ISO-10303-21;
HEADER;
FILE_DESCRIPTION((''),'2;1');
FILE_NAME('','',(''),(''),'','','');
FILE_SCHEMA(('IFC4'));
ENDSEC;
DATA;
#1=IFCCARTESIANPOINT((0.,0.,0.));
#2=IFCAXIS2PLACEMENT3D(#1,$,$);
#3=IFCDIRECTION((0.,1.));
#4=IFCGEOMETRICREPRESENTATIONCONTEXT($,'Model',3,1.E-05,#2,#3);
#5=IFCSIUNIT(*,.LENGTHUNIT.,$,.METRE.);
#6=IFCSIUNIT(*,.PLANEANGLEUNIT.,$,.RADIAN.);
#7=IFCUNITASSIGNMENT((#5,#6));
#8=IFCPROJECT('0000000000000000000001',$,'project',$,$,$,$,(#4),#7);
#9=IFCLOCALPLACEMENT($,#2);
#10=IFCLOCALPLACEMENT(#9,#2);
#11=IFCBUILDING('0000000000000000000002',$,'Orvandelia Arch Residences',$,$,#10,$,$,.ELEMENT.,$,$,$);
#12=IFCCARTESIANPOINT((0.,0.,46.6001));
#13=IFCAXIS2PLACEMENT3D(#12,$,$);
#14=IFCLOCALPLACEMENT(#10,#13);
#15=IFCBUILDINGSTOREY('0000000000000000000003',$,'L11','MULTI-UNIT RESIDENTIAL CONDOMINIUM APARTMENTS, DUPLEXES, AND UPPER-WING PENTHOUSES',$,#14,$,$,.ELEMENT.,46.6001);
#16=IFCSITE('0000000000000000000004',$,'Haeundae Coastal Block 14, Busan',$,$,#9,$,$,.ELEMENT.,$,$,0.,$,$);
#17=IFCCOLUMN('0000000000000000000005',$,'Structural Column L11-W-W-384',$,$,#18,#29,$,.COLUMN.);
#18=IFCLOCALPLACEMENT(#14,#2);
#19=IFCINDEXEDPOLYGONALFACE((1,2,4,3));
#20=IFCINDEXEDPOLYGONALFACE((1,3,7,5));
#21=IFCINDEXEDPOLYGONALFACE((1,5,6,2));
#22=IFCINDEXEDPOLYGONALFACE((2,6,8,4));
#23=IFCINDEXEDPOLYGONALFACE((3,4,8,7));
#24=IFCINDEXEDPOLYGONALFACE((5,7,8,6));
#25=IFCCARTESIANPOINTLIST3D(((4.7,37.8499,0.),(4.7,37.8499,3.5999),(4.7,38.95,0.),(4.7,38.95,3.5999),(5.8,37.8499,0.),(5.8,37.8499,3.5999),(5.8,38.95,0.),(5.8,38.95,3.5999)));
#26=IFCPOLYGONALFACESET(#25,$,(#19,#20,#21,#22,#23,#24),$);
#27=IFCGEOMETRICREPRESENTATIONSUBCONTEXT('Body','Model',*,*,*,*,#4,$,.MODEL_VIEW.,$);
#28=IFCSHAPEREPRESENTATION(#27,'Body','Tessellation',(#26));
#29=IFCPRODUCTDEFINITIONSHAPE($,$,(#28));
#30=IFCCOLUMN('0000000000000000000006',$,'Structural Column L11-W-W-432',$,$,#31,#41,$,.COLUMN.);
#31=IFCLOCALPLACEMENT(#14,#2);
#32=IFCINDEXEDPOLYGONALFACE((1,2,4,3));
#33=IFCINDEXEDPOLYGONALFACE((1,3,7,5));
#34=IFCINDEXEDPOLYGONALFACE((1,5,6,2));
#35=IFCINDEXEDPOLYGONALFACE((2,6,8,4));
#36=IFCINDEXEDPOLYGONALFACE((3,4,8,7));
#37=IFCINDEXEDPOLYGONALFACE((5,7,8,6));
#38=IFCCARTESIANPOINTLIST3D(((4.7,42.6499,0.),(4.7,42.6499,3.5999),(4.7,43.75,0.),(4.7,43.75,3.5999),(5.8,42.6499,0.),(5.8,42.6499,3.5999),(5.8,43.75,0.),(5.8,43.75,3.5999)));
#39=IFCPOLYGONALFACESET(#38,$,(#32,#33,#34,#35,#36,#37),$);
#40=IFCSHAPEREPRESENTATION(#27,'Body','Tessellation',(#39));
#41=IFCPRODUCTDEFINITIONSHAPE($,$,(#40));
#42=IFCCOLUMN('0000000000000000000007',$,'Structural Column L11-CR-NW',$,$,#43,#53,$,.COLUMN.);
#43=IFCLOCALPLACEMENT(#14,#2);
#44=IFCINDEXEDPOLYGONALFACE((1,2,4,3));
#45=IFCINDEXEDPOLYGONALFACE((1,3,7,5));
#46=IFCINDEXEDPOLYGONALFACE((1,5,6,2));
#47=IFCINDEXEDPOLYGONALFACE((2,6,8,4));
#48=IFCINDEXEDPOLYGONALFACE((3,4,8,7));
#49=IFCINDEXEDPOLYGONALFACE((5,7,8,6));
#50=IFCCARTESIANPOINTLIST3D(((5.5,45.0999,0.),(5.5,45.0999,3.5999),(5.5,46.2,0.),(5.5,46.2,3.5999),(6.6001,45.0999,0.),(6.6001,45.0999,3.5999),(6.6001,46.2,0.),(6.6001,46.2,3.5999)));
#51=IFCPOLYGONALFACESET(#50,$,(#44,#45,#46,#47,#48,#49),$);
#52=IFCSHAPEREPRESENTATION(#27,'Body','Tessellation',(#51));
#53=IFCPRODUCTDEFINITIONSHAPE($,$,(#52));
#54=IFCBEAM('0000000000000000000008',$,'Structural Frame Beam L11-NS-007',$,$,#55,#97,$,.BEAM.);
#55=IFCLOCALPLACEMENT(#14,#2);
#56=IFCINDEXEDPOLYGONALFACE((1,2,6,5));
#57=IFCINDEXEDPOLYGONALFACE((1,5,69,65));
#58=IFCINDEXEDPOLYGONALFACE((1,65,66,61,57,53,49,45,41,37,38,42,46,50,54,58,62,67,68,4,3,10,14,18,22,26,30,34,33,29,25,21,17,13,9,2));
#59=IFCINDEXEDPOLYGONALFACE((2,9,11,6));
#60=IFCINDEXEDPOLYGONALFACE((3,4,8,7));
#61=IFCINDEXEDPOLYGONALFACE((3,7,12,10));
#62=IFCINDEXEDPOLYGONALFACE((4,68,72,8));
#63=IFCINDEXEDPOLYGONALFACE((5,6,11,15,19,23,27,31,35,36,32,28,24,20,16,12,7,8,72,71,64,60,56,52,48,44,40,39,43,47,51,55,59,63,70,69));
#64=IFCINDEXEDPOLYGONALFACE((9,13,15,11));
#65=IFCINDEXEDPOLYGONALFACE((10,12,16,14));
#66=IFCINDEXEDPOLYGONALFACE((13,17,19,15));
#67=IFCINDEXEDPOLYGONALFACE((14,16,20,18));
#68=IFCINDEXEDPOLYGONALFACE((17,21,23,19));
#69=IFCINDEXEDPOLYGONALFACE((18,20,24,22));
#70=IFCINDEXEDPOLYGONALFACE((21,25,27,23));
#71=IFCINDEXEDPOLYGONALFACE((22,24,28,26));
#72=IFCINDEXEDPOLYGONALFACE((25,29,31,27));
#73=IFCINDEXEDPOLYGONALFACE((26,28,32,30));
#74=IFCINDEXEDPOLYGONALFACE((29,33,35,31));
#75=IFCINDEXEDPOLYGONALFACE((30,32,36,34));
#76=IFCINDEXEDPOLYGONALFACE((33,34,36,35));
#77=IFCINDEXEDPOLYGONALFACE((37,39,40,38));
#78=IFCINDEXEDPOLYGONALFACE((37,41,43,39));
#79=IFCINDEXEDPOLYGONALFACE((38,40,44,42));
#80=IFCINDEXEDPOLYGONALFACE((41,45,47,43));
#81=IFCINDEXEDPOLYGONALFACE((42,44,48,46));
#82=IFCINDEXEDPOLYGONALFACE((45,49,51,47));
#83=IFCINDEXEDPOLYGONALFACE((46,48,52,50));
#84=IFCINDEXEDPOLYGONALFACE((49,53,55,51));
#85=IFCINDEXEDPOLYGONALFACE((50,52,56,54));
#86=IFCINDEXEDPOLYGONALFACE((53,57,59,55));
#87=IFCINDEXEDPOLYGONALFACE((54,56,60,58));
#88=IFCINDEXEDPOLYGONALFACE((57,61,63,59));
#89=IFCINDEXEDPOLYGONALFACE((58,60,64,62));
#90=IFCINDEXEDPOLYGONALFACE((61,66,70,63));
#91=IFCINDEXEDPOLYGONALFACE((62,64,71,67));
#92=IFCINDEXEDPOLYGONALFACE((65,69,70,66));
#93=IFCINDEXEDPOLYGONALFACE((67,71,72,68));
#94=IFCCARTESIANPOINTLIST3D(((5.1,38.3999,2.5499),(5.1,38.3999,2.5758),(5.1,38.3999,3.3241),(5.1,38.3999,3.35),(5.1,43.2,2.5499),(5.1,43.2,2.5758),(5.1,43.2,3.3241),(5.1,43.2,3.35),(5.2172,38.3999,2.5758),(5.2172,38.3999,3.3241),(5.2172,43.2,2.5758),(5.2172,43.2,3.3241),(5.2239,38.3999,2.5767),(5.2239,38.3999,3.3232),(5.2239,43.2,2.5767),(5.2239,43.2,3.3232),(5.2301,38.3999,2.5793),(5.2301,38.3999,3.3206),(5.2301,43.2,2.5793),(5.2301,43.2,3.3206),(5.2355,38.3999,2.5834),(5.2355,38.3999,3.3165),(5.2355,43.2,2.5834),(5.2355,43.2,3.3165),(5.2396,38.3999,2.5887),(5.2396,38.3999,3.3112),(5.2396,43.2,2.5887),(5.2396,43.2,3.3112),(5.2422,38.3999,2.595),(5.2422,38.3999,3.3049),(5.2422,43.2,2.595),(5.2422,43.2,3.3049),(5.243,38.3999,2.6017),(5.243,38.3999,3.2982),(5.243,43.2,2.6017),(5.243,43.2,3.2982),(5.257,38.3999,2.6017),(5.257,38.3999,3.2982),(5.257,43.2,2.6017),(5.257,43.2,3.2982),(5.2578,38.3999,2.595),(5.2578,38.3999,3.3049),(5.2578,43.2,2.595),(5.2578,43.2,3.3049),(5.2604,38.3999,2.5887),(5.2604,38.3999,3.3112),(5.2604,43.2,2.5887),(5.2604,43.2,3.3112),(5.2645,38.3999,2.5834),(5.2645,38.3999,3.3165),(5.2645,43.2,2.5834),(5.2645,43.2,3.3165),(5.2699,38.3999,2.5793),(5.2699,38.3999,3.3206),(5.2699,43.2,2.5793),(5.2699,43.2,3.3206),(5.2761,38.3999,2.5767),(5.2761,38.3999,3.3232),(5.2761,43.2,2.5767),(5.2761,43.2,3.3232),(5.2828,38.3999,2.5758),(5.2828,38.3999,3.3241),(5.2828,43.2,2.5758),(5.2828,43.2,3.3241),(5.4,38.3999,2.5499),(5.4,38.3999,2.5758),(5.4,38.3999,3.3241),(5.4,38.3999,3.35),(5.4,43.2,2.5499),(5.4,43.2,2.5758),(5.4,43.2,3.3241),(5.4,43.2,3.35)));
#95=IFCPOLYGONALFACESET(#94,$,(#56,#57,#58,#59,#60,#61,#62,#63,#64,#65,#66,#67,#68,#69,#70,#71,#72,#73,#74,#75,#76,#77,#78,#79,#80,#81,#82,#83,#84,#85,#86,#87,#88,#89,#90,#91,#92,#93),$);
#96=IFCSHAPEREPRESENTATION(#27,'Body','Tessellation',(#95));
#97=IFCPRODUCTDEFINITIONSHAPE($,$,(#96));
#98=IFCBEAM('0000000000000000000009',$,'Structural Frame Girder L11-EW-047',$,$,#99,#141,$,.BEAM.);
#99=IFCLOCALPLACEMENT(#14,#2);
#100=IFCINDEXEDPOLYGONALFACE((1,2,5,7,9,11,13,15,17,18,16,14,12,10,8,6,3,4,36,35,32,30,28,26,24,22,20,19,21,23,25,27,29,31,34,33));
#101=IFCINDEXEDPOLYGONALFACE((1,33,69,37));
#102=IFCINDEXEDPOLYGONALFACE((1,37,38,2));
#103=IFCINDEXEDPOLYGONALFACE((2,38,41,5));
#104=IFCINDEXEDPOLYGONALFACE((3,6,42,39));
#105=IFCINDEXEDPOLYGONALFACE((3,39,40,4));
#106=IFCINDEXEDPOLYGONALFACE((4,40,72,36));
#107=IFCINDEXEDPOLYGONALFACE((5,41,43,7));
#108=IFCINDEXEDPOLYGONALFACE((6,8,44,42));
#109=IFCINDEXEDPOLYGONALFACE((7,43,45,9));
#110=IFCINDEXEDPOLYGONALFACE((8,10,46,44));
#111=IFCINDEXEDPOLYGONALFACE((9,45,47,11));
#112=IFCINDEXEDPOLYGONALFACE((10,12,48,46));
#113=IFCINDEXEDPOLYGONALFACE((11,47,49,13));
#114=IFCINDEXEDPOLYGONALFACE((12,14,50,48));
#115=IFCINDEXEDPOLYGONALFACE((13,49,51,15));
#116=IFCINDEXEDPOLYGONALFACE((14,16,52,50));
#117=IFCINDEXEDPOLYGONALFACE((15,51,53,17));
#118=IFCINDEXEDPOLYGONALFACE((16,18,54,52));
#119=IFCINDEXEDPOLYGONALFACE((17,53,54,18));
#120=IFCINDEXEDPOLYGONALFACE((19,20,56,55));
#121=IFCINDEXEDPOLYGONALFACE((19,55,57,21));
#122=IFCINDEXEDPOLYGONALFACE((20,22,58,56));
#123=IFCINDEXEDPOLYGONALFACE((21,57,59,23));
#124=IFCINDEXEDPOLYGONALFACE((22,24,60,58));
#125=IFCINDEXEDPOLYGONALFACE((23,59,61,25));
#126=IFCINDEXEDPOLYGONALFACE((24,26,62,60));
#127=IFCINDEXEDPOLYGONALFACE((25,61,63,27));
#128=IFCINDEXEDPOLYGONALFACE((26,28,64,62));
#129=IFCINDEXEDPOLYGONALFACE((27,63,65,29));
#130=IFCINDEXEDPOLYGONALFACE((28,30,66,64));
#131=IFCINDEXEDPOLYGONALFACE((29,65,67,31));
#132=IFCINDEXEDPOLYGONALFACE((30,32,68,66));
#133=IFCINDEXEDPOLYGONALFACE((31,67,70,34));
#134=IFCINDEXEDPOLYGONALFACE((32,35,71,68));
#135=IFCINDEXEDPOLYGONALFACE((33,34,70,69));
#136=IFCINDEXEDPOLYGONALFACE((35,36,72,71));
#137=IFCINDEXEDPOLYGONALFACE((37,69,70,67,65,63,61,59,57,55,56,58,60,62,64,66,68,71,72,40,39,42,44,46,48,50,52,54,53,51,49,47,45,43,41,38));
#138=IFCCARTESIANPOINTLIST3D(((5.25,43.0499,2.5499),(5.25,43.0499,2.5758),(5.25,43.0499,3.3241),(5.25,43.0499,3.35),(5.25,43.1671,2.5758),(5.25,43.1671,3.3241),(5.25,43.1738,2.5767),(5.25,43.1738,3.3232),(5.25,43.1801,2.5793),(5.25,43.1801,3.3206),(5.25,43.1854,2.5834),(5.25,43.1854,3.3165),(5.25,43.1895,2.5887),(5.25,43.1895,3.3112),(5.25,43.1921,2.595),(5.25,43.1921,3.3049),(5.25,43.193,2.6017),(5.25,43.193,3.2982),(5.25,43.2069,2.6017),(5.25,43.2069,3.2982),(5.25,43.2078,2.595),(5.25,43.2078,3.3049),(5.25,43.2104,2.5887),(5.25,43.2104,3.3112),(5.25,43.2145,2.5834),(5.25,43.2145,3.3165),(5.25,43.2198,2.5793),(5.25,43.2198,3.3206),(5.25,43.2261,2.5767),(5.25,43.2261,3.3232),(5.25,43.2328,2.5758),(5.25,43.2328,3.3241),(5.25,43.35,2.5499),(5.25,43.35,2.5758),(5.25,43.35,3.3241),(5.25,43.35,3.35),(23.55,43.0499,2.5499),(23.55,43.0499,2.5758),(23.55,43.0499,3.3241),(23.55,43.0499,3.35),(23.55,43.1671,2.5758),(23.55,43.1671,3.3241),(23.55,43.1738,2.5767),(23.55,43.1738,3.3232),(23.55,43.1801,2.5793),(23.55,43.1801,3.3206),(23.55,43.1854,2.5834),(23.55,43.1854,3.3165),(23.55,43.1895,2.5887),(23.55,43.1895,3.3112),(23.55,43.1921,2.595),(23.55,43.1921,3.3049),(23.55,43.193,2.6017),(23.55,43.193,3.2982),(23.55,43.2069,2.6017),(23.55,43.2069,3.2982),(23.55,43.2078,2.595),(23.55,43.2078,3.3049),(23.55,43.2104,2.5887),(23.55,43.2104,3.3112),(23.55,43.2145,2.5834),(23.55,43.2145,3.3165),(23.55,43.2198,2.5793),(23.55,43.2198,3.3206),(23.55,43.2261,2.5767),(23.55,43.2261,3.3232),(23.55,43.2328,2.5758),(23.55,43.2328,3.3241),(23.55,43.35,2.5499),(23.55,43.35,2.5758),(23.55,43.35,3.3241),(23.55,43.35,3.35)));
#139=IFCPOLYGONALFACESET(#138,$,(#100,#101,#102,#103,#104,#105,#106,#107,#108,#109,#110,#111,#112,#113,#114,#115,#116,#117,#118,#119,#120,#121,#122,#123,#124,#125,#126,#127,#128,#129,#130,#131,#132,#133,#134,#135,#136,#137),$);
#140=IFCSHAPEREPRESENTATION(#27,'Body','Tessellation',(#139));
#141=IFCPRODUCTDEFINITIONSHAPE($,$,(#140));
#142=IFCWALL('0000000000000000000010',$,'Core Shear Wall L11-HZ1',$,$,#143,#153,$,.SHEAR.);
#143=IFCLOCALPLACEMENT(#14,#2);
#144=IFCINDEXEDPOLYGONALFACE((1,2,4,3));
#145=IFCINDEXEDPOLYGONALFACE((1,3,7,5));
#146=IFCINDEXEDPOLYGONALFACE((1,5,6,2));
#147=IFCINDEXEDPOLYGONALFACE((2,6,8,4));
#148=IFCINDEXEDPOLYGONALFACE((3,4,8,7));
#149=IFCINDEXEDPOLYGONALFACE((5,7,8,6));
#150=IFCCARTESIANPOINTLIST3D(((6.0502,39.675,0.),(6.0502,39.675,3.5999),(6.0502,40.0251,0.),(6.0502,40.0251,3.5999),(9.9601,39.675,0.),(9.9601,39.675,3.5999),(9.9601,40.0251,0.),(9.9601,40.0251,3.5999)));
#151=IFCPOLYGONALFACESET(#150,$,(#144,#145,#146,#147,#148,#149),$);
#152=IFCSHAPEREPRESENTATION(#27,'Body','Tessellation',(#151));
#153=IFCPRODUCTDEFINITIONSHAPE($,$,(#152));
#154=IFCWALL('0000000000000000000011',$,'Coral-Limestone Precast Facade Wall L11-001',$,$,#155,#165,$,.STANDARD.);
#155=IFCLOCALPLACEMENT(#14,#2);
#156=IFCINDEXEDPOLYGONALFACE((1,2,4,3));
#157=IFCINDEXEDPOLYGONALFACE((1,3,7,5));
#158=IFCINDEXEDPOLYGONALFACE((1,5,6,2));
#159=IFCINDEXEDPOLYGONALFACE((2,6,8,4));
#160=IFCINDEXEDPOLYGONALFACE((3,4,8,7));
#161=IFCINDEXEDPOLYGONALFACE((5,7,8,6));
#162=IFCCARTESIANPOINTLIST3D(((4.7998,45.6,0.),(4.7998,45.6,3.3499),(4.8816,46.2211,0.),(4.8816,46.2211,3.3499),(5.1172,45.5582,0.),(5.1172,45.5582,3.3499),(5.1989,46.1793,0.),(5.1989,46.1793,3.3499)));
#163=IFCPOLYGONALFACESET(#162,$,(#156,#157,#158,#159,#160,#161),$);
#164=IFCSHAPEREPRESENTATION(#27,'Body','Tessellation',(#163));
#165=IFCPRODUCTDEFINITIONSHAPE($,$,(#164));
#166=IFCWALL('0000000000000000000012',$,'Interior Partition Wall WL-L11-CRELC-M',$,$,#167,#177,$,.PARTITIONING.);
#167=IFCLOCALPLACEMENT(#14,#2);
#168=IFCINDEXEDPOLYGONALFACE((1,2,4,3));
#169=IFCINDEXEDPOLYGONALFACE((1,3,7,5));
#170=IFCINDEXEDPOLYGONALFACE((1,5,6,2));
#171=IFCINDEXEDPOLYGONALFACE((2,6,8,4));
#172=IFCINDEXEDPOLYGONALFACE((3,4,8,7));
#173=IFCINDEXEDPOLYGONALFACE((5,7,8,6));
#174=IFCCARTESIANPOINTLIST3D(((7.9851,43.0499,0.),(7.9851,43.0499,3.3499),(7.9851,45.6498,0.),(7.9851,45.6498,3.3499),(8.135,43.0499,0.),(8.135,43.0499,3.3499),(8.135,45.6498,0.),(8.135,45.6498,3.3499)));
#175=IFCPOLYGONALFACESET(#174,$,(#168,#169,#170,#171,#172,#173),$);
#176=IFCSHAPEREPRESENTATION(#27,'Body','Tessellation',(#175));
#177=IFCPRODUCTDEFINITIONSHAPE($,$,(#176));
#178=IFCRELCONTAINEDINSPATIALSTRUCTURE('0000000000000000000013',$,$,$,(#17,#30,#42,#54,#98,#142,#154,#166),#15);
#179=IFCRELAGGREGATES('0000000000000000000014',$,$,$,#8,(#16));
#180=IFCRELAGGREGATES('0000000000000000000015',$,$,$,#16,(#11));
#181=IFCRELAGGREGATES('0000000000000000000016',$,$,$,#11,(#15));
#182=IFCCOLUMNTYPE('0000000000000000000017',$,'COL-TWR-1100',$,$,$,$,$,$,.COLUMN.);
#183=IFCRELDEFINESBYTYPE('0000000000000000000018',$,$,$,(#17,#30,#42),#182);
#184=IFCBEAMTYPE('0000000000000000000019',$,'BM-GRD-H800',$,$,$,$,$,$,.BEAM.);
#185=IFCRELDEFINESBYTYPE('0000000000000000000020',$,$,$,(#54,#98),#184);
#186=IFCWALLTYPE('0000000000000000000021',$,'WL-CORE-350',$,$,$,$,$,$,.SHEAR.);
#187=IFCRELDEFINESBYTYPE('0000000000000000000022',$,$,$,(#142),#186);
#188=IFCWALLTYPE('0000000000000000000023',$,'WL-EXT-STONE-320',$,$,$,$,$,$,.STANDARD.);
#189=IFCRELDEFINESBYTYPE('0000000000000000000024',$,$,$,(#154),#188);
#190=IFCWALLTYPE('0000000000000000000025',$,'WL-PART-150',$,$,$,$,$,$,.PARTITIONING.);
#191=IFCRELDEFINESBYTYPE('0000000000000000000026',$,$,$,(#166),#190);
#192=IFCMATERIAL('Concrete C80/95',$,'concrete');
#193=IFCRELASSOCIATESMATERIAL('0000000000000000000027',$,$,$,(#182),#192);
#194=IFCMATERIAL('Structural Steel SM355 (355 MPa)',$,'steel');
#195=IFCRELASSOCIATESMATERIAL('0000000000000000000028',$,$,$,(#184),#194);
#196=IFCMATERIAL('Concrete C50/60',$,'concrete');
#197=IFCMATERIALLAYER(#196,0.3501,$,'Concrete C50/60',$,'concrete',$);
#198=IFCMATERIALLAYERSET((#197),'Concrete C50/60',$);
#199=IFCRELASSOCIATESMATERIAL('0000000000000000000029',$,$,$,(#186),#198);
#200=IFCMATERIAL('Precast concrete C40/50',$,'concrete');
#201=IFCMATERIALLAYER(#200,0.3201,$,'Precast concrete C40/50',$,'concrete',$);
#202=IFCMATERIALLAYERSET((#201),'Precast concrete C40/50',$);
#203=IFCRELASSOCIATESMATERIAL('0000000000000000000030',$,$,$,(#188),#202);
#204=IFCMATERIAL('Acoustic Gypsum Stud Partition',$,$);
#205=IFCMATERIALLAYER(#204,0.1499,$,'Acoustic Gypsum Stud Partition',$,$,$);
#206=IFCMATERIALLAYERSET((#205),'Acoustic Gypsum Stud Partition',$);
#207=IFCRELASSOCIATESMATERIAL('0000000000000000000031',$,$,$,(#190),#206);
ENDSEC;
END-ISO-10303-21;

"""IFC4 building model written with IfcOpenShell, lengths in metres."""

from ifc_helpers import new_model, si_unit, direction, frame, frame_2d, origin, origin_2d, place, context, subcontext, project, spatial, rectangle, i_section, extrude, material, layer, layer_set, material_profile, profile_set, type_object, element, save


model = new_model("IFC4")

# Units and contexts
model_context = context("Model", 3, precision=1e-05, world=origin(), true_north=direction((0.0, 1.0)))
body_context = subcontext(model_context, "Body", "Model", "MODEL_VIEW")
ifc_project = project(units=[si_unit("LENGTHUNIT", "METRE"), si_unit("PLANEANGLEUNIT", "RADIAN")], contexts=[model_context])

# Site, building, storey
site_placement = place(None, origin())
site = spatial("IfcSite", under=ifc_project, at=site_placement, Name="Haeundae Coastal Block 14, Busan", CompositionType="ELEMENT", RefElevation=0.0)
building_placement = place(site_placement, origin())
building = spatial("IfcBuilding", under=site, at=building_placement, Name="Orvandelia Arch Residences", CompositionType="ELEMENT")
storey_placement = place(building_placement, frame((0.0, 0.0, 46.6001)))
storey = spatial("IfcBuildingStorey", under=building, at=storey_placement, Name="L11", Description="MULTI-UNIT RESIDENTIAL CONDOMINIUM APARTMENTS, DUPLEXES, AND UPPER-WING PENTHOUSES", CompositionType="ELEMENT", Elevation=46.6001)

# Columns
ifc_material_1 = material(Name="Concrete C80/95", Category="concrete")
ifc_material_profile_1 = material_profile(ifc_material_1, rectangle(XDim=1.1001, YDim=1.1001, at=origin_2d()), Name="Concrete C80/95", Category="concrete")
ifc_profile_set_1 = profile_set([ifc_material_profile_1], Name="Concrete C80/95")
column_type = type_object("IfcColumnType", Name="COL-TWR-1100", PredefinedType="COLUMN", material=ifc_profile_set_1)
for number, where, z_axis, x_axis, name in (
    (1, (5.25, 38.3999, 0.0), (0.0, 0.0, 1.0), (1.0, 0.0, 0.0), "Structural Column L11-W-W-384"),
    (2, (5.25, 43.2, 0.0), (0.0, 0.0, 1.0), (1.0, 0.0, 0.0), "Structural Column L11-W-W-432"),
    (3, (6.05, 45.6499, 0.0), (0.0, 0.0, 1.0), (1.0, 0.0, 0.0), "Structural Column L11-CR-NW"),
):
    element("IfcColumn", number, at=place(storey_placement, frame(where, z_axis=z_axis, x_axis=x_axis)), inside=storey, type_object=column_type, Name=name, PredefinedType="COLUMN", context=body_context, shape_type="SweptSolid", body=[
        extrude(rectangle(XDim=1.1001, YDim=1.1001, at=origin_2d()), origin(), (0.0, 0.0, 1.0), 3.5999),
    ])

# Beams
ifc_material_2 = material(Name="Structural Steel SM355 (355 MPa)", Category="steel")
ifc_material_profile_2 = material_profile(ifc_material_2, i_section(OverallWidth=0.3, OverallDepth=0.8, WebThickness=0.0139, FlangeThickness=0.0259, FilletRadius=0.0259, at=origin_2d()), Name="Structural Steel SM355 (355 MPa)", Category="steel")
ifc_profile_set_2 = profile_set([ifc_material_profile_2], Name="Structural Steel SM355 (355 MPa)")
beam_type = type_object("IfcBeamType", Name="BM-GRD-H800", PredefinedType="BEAM", material=ifc_profile_set_2)
beam_1_placement = place(storey_placement, frame((5.25, 38.3999, 2.95), z_axis=(0.0, 1.0, 0.0), x_axis=(-1.0, 0.0, 0.0)))
element("IfcBeam", 4, at=beam_1_placement, inside=storey, type_object=beam_type, Name="Structural Frame Beam L11-NS-007", PredefinedType="BEAM", context=body_context, shape_type="SweptSolid", body=[
    extrude(i_section(OverallWidth=0.3, OverallDepth=0.8, WebThickness=0.0139, FlangeThickness=0.0259, FilletRadius=0.0259, at=origin_2d()), origin(), (0.0, 0.0, 1.0), 4.8),
])
beam_2_placement = place(storey_placement, frame((5.25, 43.2, 2.95), z_axis=(1.0, 0.0, 0.0), x_axis=(0.0, 1.0, 0.0)))
element("IfcBeam", 5, at=beam_2_placement, inside=storey, type_object=beam_type, Name="Structural Frame Girder L11-EW-047", PredefinedType="BEAM", context=body_context, shape_type="SweptSolid", body=[
    extrude(i_section(OverallWidth=0.3, OverallDepth=0.8, WebThickness=0.0139, FlangeThickness=0.0259, FilletRadius=0.0259, at=origin_2d()), origin(), (0.0, 0.0, 1.0), 18.3),
])

# Walls
ifc_material_3 = material(Name="Concrete C50/60", Category="concrete")
ifc_layer_1 = layer(ifc_material_3, 0.3501, Name="Concrete C50/60", Category="concrete")
ifc_layer_set_1 = layer_set([ifc_layer_1], Name="Concrete C50/60")
wall_type_1 = type_object("IfcWallType", Name="WL-CORE-350", PredefinedType="SHEAR", material=ifc_layer_set_1)
wall_1_placement = place(storey_placement, frame((6.05, 39.8501, 0.0), z_axis=(0.0, 0.0, 1.0), x_axis=(1.0, 0.0, 0.0)))
element("IfcWall", 6, at=wall_1_placement, inside=storey, type_object=wall_type_1, Name="Core Shear Wall L11-HZ1", PredefinedType="SHEAR", context=body_context, shape_type="SweptSolid", body=[
    extrude(rectangle(XDim=3.9099, YDim=0.3501, at=frame_2d((1.9551, 0.0))), origin(), (0.0, 0.0, 1.0), 3.5999),
])
ifc_material_4 = material(Name="Precast concrete C40/50", Category="concrete")
ifc_layer_2 = layer(ifc_material_4, 0.3201, Name="Precast concrete C40/50", Category="concrete")
ifc_layer_set_2 = layer_set([ifc_layer_2], Name="Precast concrete C40/50")
wall_type_2 = type_object("IfcWallType", Name="WL-EXT-STONE-320", PredefinedType="STANDARD", material=ifc_layer_set_2)
wall_2_placement = place(storey_placement, frame((4.9585, 45.5791, 0.0), z_axis=(0.0, 0.0, 1.0), x_axis=(0.130555, 0.991441, 0.0)))
element("IfcWall", 7, at=wall_2_placement, inside=storey, type_object=wall_type_2, Name="Coral-Limestone Precast Facade Wall L11-001", PredefinedType="STANDARD", context=body_context, shape_type="SweptSolid", body=[
    extrude(rectangle(XDim=0.6265, YDim=0.3201, at=frame_2d((0.3132, 0.0))), origin(), (0.0, 0.0, 1.0), 3.3499),
])
ifc_material_5 = material(Name="Acoustic Gypsum Stud Partition")
ifc_layer_3 = layer(ifc_material_5, 0.1499, Name="Acoustic Gypsum Stud Partition")
ifc_layer_set_3 = layer_set([ifc_layer_3], Name="Acoustic Gypsum Stud Partition")
wall_type_3 = type_object("IfcWallType", Name="WL-PART-150", PredefinedType="PARTITIONING", material=ifc_layer_set_3)
wall_3_placement = place(storey_placement, frame((8.0601, 43.05, 0.0), z_axis=(0.0, 0.0, 1.0), x_axis=(0.0, 1.0, 0.0)))
element("IfcWall", 8, at=wall_3_placement, inside=storey, type_object=wall_type_3, Name="Interior Partition Wall WL-L11-CRELC-M", PredefinedType="PARTITIONING", context=body_context, shape_type="SweptSolid", body=[
    extrude(rectangle(XDim=2.5999, YDim=0.1499, at=frame_2d((1.2998, 0.0))), origin(), (0.0, 0.0, 1.0), 3.3499),
])

save(model, "model.ifc")
